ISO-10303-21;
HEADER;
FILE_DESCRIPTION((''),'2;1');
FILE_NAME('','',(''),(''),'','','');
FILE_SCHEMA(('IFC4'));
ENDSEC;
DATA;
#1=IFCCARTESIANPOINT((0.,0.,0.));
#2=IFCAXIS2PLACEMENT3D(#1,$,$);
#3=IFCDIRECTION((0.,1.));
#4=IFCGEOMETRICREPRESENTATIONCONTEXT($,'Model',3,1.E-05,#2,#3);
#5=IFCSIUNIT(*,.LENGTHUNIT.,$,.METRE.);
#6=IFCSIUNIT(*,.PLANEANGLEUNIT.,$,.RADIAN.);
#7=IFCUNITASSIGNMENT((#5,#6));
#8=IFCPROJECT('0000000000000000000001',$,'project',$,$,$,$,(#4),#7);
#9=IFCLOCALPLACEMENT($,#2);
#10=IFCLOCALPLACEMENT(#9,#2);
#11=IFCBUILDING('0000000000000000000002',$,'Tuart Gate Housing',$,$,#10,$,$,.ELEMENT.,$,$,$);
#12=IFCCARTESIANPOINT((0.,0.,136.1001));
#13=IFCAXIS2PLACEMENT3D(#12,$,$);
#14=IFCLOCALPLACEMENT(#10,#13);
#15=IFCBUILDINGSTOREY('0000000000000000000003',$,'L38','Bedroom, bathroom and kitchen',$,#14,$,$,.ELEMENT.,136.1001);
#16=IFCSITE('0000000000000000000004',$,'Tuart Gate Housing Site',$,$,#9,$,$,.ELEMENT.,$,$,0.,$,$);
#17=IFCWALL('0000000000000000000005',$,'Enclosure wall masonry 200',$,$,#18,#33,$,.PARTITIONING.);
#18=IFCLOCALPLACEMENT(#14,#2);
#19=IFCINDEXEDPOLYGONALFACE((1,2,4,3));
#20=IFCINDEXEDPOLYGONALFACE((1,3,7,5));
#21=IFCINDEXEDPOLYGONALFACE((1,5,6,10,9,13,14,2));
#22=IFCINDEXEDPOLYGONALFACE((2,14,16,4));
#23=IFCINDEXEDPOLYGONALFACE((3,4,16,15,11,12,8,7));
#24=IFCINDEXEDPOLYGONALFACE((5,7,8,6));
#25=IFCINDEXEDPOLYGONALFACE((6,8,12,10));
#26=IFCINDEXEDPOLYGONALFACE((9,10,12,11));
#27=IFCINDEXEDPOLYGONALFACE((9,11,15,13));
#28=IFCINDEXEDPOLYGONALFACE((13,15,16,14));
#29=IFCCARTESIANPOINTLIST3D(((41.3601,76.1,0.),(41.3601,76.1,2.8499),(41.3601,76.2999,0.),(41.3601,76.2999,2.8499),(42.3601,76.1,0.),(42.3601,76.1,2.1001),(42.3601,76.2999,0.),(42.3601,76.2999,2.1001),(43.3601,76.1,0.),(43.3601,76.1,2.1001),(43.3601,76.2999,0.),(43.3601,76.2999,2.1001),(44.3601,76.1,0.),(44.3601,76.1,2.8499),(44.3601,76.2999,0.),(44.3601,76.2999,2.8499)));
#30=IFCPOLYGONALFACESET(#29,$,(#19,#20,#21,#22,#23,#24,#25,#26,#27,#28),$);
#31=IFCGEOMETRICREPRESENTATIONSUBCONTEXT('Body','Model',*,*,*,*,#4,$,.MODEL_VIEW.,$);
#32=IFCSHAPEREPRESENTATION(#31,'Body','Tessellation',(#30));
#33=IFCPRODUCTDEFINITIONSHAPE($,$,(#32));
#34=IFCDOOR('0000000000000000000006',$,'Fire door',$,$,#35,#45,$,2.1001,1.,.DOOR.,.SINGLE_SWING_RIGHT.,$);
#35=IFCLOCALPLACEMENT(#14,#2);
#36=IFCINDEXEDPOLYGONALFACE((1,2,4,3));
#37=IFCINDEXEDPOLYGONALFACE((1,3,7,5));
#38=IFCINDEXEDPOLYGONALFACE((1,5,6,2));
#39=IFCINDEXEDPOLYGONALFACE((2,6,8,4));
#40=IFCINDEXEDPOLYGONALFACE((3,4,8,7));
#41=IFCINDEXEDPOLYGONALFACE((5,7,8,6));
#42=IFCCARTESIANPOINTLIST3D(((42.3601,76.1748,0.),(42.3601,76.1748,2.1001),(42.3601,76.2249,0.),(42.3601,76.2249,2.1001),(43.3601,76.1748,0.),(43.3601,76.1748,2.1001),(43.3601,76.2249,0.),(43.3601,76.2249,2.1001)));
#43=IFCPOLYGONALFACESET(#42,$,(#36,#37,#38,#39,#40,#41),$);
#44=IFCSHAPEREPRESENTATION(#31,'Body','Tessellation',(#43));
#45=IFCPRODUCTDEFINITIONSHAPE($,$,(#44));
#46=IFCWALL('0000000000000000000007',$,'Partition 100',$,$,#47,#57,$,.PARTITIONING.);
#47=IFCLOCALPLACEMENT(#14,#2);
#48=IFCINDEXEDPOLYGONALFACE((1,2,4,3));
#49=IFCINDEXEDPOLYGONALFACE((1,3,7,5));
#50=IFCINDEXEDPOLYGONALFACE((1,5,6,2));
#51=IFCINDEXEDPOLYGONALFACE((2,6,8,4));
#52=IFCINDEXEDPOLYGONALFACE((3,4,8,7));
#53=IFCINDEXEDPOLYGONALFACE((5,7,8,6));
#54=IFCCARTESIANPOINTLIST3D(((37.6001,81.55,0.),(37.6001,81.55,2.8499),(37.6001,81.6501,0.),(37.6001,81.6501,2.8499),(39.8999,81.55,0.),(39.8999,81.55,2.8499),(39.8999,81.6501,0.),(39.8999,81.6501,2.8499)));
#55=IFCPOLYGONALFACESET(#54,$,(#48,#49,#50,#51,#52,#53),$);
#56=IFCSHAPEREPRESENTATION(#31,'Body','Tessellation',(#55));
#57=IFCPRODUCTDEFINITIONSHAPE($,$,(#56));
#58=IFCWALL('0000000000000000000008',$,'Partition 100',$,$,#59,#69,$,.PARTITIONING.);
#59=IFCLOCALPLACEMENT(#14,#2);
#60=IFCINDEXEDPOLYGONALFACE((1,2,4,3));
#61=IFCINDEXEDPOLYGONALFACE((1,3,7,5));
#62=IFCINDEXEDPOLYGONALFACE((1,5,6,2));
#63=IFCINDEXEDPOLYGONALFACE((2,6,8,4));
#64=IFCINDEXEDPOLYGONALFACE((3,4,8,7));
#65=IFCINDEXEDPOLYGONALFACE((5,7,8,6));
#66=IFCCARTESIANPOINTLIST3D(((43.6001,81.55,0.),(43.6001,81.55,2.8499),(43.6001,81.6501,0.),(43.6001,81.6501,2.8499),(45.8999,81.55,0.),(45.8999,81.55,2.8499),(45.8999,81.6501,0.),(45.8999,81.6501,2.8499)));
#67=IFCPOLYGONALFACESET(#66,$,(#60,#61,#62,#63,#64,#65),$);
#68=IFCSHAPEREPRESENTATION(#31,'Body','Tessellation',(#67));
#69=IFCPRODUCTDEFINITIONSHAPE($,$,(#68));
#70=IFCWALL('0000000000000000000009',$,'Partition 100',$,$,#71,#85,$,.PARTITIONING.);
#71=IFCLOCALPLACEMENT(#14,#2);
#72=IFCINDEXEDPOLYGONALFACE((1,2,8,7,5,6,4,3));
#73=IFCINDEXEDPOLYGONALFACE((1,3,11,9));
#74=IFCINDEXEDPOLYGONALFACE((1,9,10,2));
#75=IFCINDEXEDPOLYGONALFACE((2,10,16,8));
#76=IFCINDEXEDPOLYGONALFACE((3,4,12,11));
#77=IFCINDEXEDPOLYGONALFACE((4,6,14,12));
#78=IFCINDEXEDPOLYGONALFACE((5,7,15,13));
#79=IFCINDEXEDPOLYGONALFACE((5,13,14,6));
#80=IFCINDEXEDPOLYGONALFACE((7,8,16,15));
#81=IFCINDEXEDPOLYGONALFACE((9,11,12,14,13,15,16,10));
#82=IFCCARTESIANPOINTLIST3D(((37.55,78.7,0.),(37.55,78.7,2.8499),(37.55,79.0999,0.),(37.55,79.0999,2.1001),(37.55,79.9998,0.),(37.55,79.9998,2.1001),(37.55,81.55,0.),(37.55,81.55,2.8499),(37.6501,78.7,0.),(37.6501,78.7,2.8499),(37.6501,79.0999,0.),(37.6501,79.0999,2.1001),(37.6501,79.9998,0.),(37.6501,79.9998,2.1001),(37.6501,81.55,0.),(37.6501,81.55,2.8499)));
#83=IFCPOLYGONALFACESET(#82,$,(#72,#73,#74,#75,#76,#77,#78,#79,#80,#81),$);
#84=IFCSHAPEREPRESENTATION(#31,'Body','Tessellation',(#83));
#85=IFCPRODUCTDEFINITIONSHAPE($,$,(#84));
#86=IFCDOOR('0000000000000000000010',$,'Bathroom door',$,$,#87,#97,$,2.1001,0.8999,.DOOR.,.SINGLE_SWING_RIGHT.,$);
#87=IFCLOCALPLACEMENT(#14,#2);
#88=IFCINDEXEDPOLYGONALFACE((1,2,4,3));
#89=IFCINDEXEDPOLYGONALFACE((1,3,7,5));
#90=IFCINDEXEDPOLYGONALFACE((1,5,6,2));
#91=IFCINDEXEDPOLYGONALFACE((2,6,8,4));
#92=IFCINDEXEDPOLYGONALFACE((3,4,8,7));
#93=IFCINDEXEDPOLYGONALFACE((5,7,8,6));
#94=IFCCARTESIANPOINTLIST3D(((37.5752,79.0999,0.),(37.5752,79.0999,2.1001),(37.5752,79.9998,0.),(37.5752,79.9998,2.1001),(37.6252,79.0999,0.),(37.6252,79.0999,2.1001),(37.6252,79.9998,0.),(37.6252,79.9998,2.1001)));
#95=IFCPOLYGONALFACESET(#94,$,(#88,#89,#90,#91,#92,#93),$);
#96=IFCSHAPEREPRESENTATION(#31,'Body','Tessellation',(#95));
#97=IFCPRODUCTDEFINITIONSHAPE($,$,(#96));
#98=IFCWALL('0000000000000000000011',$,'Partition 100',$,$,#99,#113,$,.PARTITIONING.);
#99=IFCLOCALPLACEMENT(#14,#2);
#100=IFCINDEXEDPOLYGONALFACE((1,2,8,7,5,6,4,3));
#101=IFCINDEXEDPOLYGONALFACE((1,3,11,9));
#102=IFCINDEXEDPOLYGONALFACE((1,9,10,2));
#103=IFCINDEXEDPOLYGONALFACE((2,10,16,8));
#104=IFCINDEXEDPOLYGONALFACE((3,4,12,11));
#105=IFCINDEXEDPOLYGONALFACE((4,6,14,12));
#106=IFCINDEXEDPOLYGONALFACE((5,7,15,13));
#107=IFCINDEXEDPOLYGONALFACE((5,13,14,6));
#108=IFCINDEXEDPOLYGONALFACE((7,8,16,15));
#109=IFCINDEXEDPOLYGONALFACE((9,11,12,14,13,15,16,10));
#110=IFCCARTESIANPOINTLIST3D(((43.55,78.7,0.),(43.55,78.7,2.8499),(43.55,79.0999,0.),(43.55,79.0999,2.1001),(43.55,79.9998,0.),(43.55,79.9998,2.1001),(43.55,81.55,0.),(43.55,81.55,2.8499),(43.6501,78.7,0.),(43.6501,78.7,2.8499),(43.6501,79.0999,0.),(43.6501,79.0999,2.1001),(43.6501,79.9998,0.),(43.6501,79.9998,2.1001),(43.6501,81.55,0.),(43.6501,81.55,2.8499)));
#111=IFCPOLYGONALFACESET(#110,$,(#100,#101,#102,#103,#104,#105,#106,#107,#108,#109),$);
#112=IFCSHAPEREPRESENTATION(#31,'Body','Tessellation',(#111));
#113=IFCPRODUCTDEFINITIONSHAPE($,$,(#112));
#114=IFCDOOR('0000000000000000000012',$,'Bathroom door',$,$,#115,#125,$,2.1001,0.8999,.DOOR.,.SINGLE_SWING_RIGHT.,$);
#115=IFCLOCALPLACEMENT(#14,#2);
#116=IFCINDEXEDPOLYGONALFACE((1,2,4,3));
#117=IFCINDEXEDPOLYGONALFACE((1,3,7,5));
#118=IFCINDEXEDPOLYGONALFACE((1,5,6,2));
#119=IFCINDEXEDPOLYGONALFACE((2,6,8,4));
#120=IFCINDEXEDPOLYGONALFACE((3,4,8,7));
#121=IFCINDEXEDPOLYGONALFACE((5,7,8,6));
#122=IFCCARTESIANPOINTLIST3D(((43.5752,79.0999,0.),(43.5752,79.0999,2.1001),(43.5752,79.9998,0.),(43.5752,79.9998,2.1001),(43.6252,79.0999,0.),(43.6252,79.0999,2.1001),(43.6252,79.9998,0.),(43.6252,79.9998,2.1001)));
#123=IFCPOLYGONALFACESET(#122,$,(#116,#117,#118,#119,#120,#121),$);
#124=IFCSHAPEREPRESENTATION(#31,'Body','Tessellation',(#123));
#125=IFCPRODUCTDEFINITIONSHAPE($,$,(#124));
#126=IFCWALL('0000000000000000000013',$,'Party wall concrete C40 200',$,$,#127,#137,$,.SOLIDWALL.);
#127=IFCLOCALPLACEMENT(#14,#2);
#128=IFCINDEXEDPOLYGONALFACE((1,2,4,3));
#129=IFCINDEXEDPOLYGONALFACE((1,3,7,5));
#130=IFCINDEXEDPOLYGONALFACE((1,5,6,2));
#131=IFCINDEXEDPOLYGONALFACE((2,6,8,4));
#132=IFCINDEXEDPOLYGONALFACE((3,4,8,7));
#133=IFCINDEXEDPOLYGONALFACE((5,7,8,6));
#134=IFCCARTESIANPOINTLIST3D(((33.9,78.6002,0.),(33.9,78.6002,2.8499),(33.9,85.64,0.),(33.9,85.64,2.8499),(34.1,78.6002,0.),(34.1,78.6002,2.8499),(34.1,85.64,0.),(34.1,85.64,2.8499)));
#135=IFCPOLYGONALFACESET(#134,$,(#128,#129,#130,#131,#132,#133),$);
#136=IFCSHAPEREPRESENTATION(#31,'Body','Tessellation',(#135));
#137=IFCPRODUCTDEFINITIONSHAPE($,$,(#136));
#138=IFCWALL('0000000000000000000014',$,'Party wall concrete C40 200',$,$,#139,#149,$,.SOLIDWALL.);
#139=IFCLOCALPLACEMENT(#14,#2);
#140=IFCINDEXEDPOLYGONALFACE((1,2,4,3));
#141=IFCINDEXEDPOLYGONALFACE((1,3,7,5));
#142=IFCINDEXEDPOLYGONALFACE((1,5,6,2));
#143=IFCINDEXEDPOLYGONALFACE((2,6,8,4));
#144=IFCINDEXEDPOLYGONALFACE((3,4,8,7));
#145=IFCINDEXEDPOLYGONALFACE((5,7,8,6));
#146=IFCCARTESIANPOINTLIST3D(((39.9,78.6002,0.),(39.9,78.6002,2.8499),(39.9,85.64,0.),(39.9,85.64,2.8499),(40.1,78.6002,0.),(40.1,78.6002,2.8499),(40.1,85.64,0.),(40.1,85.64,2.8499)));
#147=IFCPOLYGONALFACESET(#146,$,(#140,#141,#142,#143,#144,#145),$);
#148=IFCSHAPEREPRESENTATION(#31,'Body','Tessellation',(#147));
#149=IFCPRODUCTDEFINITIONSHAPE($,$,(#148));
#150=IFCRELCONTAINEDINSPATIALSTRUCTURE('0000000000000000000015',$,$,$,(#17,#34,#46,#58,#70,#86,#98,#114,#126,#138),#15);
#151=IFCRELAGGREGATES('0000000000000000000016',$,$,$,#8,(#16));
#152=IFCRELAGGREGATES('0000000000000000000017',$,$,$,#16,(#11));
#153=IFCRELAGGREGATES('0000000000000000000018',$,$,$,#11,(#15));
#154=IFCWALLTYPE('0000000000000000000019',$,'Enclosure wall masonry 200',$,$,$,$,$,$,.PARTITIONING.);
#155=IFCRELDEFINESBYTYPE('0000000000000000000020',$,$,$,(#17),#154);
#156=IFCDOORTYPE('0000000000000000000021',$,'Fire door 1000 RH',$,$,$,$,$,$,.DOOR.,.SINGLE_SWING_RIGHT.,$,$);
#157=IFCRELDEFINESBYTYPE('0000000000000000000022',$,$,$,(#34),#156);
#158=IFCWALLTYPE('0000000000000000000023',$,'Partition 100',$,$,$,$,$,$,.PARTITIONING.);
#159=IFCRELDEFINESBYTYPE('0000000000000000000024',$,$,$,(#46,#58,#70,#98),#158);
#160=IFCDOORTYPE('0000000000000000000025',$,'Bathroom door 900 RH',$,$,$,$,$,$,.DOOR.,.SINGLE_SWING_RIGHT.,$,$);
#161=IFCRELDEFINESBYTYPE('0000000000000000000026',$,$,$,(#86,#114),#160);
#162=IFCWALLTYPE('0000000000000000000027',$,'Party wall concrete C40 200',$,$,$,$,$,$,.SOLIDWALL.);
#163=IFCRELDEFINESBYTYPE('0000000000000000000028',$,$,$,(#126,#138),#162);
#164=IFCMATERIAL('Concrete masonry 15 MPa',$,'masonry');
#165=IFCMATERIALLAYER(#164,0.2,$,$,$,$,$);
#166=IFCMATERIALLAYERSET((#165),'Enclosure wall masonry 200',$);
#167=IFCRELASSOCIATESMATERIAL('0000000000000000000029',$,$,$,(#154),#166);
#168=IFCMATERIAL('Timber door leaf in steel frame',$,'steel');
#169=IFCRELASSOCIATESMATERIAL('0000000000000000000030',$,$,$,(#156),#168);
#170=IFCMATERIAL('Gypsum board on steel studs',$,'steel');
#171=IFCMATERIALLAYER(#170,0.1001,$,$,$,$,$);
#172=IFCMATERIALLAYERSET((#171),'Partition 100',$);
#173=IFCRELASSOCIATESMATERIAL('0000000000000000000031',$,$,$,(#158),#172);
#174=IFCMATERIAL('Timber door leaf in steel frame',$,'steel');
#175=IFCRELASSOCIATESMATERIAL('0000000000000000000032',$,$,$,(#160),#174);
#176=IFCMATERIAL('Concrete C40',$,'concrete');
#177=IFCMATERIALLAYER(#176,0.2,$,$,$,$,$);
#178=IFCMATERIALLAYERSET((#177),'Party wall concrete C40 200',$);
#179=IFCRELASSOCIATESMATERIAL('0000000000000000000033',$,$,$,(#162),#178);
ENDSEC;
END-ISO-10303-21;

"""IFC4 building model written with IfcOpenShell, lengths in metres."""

from ifc_helpers import new_model, si_unit, direction, frame, frame_2d, origin, place, context, subcontext, project, spatial, rectangle, extrude, material, layer, layer_set, type_object, element, fill, save


model = new_model("IFC4")

# Units and contexts
model_context = context("Model", 3, precision=1e-05, world=origin(), true_north=direction((0.0, 1.0)))
body_context = subcontext(model_context, "Body", "Model", "MODEL_VIEW")
ifc_project = project(units=[si_unit("LENGTHUNIT", "METRE"), si_unit("PLANEANGLEUNIT", "RADIAN")], contexts=[model_context])

# Site, building, storey
site_placement = place(None, origin())
site = spatial("IfcSite", under=ifc_project, at=site_placement, Name="Tuart Gate Housing Site", CompositionType="ELEMENT", RefElevation=0.0)
building_placement = place(site_placement, origin())
building = spatial("IfcBuilding", under=site, at=building_placement, Name="Tuart Gate Housing", CompositionType="ELEMENT")
storey_placement = place(building_placement, frame((0.0, 0.0, 136.1001)))
storey = spatial("IfcBuildingStorey", under=building, at=storey_placement, Name="L38", Description="Bedroom, bathroom and kitchen", CompositionType="ELEMENT", Elevation=136.1001)

# Wall, opening, door
ifc_material_1 = material(Name="Concrete masonry 15 MPa", Category="masonry")
ifc_layer_1 = layer(ifc_material_1, 0.2)
ifc_layer_set_1 = layer_set([ifc_layer_1], Name="Enclosure wall masonry 200")
wall_type_1 = type_object("IfcWallType", Name="Enclosure wall masonry 200", PredefinedType="PARTITIONING", material=ifc_layer_set_1)
wall_1_placement = place(storey_placement, frame((41.3601, 76.2, 0.0), z_axis=(0.0, 0.0, 1.0), x_axis=(1.0, 0.0, 0.0)))
wall_1 = element("IfcWall", 1, at=wall_1_placement, inside=storey, type_object=wall_type_1, Name="Enclosure wall masonry 200", PredefinedType="PARTITIONING", context=body_context, shape_type="SweptSolid", body=[
    extrude(rectangle(XDim=3.0, YDim=0.2, at=frame_2d((1.5, 0.0))), origin(), (0.0, 0.0, 1.0), 2.8499),
])
opening_1_placement = place(wall_1_placement, frame((1.0, 0.0, 0.0)))
opening_1 = element("IfcOpeningElement", 2, at=opening_1_placement, cuts=wall_1, PredefinedType="OPENING", context=body_context, shape_type="SweptSolid", body=[
    extrude(rectangle(XDim=1.0, YDim=2.1001, at=frame_2d((0.5, 1.05))), frame((0.0, 0.1099, 0.0), z_axis=(0.0, -1.0, 0.0), x_axis=(1.0, 0.0, 0.0)), (0.0, 0.0, 1.0), 0.22),
])
ifc_material_2 = material(Name="Timber door leaf in steel frame", Category="steel")
door_type_1 = type_object("IfcDoorType", Name="Fire door 1000 RH", OperationType="SINGLE_SWING_RIGHT", PredefinedType="DOOR", material=ifc_material_2)
door_1_placement = place(opening_1_placement, origin())
door_1 = element("IfcDoor", 3, at=door_1_placement, inside=storey, type_object=door_type_1, Name="Fire door", OperationType="SINGLE_SWING_RIGHT", OverallHeight=2.1001, OverallWidth=1.0, PredefinedType="DOOR", context=body_context, shape_type="SweptSolid", body=[
    extrude(rectangle(XDim=1.0, YDim=2.1001, at=frame_2d((0.5, 1.05))), frame((0.0, 0.0249, 0.0), z_axis=(0.0, -1.0, 0.0), x_axis=(1.0, 0.0, 0.0)), (0.0, 0.0, 1.0), 0.05),
])
fill(opening_1, door_1)

# Walls
ifc_material_3 = material(Name="Gypsum board on steel studs", Category="steel")
ifc_layer_2 = layer(ifc_material_3, 0.1001)
ifc_layer_set_2 = layer_set([ifc_layer_2], Name="Partition 100")
wall_type_2 = type_object("IfcWallType", Name="Partition 100", PredefinedType="PARTITIONING", material=ifc_layer_set_2)
for number, where, z_axis, x_axis, name in (
    (4, (37.6001, 81.6001, 0.0), (0.0, 0.0, 1.0), (1.0, 0.0, 0.0), "Partition 100"),
    (5, (43.6001, 81.6001, 0.0), (0.0, 0.0, 1.0), (1.0, 0.0, 0.0), "Partition 100"),
):
    element("IfcWall", number, at=place(storey_placement, frame(where, z_axis=z_axis, x_axis=x_axis)), inside=storey, type_object=wall_type_2, Name=name, PredefinedType="PARTITIONING", context=body_context, shape_type="SweptSolid", body=[
        extrude(rectangle(XDim=2.2998, YDim=0.1001, at=frame_2d((1.1499, 0.0))), origin(), (0.0, 0.0, 1.0), 2.8499),
    ])

# Walls, openings, doors
wall_2_placement = place(storey_placement, frame((37.6001, 78.7, 0.0), z_axis=(0.0, 0.0, 1.0), x_axis=(0.0, 1.0, 0.0)))
wall_2 = element("IfcWall", 6, at=wall_2_placement, inside=storey, type_object=wall_type_2, Name="Partition 100", PredefinedType="PARTITIONING", context=body_context, shape_type="SweptSolid", body=[
    extrude(rectangle(XDim=2.8501, YDim=0.1001, at=frame_2d((1.425, 0.0))), origin(), (0.0, 0.0, 1.0), 2.8499),
])
opening_2_placement = place(wall_2_placement, frame((0.3999, 0.0, 0.0)))
opening_2 = element("IfcOpeningElement", 7, at=opening_2_placement, cuts=wall_2, PredefinedType="OPENING", context=body_context, shape_type="SweptSolid", body=[
    extrude(rectangle(XDim=0.8999, YDim=2.1001, at=frame_2d((0.45, 1.05))), frame((0.0, 0.0601, 0.0), z_axis=(0.0, -1.0, 0.0), x_axis=(1.0, 0.0, 0.0)), (0.0, 0.0, 1.0), 0.1201),
])
ifc_material_4 = material(Name="Timber door leaf in steel frame", Category="steel")
door_type_2 = type_object("IfcDoorType", Name="Bathroom door 900 RH", OperationType="SINGLE_SWING_RIGHT", PredefinedType="DOOR", material=ifc_material_4)
door_2_placement = place(opening_2_placement, frame((0.8999, 0.0, 0.0), z_axis=(0.0, 0.0, 1.0), x_axis=(-1.0, 0.0, 0.0)))
door_2 = element("IfcDoor", 8, at=door_2_placement, inside=storey, type_object=door_type_2, Name="Bathroom door", OperationType="SINGLE_SWING_RIGHT", OverallHeight=2.1001, OverallWidth=0.8999, PredefinedType="DOOR", context=body_context, shape_type="SweptSolid", body=[
    extrude(rectangle(XDim=0.8999, YDim=2.1001, at=frame_2d((0.45, 1.05))), frame((0.0, 0.0251, 0.0), z_axis=(0.0, -1.0, 0.0), x_axis=(1.0, 0.0, 0.0)), (0.0, 0.0, 1.0), 0.05),
])
fill(opening_2, door_2)
wall_3_placement = place(storey_placement, frame((43.6001, 78.7, 0.0), z_axis=(0.0, 0.0, 1.0), x_axis=(0.0, 1.0, 0.0)))
wall_3 = element("IfcWall", 9, at=wall_3_placement, inside=storey, type_object=wall_type_2, Name="Partition 100", PredefinedType="PARTITIONING", context=body_context, shape_type="SweptSolid", body=[
    extrude(rectangle(XDim=2.8501, YDim=0.1001, at=frame_2d((1.425, 0.0))), origin(), (0.0, 0.0, 1.0), 2.8499),
])
opening_3_placement = place(wall_3_placement, frame((0.3999, 0.0, 0.0)))
opening_3 = element("IfcOpeningElement", 10, at=opening_3_placement, cuts=wall_3, PredefinedType="OPENING", context=body_context, shape_type="SweptSolid", body=[
    extrude(rectangle(XDim=0.8999, YDim=2.1001, at=frame_2d((0.45, 1.05))), frame((0.0, 0.0601, 0.0), z_axis=(0.0, -1.0, 0.0), x_axis=(1.0, 0.0, 0.0)), (0.0, 0.0, 1.0), 0.1201),
])
door_3_placement = place(opening_3_placement, frame((0.8999, 0.0, 0.0), z_axis=(0.0, 0.0, 1.0), x_axis=(-1.0, 0.0, 0.0)))
door_3 = element("IfcDoor", 11, at=door_3_placement, inside=storey, type_object=door_type_2, Name="Bathroom door", OperationType="SINGLE_SWING_RIGHT", OverallHeight=2.1001, OverallWidth=0.8999, PredefinedType="DOOR", context=body_context, shape_type="SweptSolid", body=[
    extrude(rectangle(XDim=0.8999, YDim=2.1001, at=frame_2d((0.45, 1.05))), frame((0.0, 0.0251, 0.0), z_axis=(0.0, -1.0, 0.0), x_axis=(1.0, 0.0, 0.0)), (0.0, 0.0, 1.0), 0.05),
])
fill(opening_3, door_3)

# Walls
ifc_material_5 = material(Name="Concrete C40", Category="concrete")
ifc_layer_3 = layer(ifc_material_5, 0.2)
ifc_layer_set_3 = layer_set([ifc_layer_3], Name="Party wall concrete C40 200")
wall_type_3 = type_object("IfcWallType", Name="Party wall concrete C40 200", PredefinedType="SOLIDWALL", material=ifc_layer_set_3)
for number, where, z_axis, x_axis, name in (
    (12, (34.0, 78.6001, 0.0), (0.0, 0.0, 1.0), (0.0, 1.0, 0.0), "Party wall concrete C40 200"),
    (13, (40.0, 78.6001, 0.0), (0.0, 0.0, 1.0), (0.0, 1.0, 0.0), "Party wall concrete C40 200"),
):
    element("IfcWall", number, at=place(storey_placement, frame(where, z_axis=z_axis, x_axis=x_axis)), inside=storey, type_object=wall_type_3, Name=name, PredefinedType="SOLIDWALL", context=body_context, shape_type="SweptSolid", body=[
        extrude(rectangle(XDim=7.0398, YDim=0.2, at=frame_2d((3.52, 0.0))), origin(), (0.0, 0.0, 1.0), 2.8499),
    ])

save(model, "model.ifc")
